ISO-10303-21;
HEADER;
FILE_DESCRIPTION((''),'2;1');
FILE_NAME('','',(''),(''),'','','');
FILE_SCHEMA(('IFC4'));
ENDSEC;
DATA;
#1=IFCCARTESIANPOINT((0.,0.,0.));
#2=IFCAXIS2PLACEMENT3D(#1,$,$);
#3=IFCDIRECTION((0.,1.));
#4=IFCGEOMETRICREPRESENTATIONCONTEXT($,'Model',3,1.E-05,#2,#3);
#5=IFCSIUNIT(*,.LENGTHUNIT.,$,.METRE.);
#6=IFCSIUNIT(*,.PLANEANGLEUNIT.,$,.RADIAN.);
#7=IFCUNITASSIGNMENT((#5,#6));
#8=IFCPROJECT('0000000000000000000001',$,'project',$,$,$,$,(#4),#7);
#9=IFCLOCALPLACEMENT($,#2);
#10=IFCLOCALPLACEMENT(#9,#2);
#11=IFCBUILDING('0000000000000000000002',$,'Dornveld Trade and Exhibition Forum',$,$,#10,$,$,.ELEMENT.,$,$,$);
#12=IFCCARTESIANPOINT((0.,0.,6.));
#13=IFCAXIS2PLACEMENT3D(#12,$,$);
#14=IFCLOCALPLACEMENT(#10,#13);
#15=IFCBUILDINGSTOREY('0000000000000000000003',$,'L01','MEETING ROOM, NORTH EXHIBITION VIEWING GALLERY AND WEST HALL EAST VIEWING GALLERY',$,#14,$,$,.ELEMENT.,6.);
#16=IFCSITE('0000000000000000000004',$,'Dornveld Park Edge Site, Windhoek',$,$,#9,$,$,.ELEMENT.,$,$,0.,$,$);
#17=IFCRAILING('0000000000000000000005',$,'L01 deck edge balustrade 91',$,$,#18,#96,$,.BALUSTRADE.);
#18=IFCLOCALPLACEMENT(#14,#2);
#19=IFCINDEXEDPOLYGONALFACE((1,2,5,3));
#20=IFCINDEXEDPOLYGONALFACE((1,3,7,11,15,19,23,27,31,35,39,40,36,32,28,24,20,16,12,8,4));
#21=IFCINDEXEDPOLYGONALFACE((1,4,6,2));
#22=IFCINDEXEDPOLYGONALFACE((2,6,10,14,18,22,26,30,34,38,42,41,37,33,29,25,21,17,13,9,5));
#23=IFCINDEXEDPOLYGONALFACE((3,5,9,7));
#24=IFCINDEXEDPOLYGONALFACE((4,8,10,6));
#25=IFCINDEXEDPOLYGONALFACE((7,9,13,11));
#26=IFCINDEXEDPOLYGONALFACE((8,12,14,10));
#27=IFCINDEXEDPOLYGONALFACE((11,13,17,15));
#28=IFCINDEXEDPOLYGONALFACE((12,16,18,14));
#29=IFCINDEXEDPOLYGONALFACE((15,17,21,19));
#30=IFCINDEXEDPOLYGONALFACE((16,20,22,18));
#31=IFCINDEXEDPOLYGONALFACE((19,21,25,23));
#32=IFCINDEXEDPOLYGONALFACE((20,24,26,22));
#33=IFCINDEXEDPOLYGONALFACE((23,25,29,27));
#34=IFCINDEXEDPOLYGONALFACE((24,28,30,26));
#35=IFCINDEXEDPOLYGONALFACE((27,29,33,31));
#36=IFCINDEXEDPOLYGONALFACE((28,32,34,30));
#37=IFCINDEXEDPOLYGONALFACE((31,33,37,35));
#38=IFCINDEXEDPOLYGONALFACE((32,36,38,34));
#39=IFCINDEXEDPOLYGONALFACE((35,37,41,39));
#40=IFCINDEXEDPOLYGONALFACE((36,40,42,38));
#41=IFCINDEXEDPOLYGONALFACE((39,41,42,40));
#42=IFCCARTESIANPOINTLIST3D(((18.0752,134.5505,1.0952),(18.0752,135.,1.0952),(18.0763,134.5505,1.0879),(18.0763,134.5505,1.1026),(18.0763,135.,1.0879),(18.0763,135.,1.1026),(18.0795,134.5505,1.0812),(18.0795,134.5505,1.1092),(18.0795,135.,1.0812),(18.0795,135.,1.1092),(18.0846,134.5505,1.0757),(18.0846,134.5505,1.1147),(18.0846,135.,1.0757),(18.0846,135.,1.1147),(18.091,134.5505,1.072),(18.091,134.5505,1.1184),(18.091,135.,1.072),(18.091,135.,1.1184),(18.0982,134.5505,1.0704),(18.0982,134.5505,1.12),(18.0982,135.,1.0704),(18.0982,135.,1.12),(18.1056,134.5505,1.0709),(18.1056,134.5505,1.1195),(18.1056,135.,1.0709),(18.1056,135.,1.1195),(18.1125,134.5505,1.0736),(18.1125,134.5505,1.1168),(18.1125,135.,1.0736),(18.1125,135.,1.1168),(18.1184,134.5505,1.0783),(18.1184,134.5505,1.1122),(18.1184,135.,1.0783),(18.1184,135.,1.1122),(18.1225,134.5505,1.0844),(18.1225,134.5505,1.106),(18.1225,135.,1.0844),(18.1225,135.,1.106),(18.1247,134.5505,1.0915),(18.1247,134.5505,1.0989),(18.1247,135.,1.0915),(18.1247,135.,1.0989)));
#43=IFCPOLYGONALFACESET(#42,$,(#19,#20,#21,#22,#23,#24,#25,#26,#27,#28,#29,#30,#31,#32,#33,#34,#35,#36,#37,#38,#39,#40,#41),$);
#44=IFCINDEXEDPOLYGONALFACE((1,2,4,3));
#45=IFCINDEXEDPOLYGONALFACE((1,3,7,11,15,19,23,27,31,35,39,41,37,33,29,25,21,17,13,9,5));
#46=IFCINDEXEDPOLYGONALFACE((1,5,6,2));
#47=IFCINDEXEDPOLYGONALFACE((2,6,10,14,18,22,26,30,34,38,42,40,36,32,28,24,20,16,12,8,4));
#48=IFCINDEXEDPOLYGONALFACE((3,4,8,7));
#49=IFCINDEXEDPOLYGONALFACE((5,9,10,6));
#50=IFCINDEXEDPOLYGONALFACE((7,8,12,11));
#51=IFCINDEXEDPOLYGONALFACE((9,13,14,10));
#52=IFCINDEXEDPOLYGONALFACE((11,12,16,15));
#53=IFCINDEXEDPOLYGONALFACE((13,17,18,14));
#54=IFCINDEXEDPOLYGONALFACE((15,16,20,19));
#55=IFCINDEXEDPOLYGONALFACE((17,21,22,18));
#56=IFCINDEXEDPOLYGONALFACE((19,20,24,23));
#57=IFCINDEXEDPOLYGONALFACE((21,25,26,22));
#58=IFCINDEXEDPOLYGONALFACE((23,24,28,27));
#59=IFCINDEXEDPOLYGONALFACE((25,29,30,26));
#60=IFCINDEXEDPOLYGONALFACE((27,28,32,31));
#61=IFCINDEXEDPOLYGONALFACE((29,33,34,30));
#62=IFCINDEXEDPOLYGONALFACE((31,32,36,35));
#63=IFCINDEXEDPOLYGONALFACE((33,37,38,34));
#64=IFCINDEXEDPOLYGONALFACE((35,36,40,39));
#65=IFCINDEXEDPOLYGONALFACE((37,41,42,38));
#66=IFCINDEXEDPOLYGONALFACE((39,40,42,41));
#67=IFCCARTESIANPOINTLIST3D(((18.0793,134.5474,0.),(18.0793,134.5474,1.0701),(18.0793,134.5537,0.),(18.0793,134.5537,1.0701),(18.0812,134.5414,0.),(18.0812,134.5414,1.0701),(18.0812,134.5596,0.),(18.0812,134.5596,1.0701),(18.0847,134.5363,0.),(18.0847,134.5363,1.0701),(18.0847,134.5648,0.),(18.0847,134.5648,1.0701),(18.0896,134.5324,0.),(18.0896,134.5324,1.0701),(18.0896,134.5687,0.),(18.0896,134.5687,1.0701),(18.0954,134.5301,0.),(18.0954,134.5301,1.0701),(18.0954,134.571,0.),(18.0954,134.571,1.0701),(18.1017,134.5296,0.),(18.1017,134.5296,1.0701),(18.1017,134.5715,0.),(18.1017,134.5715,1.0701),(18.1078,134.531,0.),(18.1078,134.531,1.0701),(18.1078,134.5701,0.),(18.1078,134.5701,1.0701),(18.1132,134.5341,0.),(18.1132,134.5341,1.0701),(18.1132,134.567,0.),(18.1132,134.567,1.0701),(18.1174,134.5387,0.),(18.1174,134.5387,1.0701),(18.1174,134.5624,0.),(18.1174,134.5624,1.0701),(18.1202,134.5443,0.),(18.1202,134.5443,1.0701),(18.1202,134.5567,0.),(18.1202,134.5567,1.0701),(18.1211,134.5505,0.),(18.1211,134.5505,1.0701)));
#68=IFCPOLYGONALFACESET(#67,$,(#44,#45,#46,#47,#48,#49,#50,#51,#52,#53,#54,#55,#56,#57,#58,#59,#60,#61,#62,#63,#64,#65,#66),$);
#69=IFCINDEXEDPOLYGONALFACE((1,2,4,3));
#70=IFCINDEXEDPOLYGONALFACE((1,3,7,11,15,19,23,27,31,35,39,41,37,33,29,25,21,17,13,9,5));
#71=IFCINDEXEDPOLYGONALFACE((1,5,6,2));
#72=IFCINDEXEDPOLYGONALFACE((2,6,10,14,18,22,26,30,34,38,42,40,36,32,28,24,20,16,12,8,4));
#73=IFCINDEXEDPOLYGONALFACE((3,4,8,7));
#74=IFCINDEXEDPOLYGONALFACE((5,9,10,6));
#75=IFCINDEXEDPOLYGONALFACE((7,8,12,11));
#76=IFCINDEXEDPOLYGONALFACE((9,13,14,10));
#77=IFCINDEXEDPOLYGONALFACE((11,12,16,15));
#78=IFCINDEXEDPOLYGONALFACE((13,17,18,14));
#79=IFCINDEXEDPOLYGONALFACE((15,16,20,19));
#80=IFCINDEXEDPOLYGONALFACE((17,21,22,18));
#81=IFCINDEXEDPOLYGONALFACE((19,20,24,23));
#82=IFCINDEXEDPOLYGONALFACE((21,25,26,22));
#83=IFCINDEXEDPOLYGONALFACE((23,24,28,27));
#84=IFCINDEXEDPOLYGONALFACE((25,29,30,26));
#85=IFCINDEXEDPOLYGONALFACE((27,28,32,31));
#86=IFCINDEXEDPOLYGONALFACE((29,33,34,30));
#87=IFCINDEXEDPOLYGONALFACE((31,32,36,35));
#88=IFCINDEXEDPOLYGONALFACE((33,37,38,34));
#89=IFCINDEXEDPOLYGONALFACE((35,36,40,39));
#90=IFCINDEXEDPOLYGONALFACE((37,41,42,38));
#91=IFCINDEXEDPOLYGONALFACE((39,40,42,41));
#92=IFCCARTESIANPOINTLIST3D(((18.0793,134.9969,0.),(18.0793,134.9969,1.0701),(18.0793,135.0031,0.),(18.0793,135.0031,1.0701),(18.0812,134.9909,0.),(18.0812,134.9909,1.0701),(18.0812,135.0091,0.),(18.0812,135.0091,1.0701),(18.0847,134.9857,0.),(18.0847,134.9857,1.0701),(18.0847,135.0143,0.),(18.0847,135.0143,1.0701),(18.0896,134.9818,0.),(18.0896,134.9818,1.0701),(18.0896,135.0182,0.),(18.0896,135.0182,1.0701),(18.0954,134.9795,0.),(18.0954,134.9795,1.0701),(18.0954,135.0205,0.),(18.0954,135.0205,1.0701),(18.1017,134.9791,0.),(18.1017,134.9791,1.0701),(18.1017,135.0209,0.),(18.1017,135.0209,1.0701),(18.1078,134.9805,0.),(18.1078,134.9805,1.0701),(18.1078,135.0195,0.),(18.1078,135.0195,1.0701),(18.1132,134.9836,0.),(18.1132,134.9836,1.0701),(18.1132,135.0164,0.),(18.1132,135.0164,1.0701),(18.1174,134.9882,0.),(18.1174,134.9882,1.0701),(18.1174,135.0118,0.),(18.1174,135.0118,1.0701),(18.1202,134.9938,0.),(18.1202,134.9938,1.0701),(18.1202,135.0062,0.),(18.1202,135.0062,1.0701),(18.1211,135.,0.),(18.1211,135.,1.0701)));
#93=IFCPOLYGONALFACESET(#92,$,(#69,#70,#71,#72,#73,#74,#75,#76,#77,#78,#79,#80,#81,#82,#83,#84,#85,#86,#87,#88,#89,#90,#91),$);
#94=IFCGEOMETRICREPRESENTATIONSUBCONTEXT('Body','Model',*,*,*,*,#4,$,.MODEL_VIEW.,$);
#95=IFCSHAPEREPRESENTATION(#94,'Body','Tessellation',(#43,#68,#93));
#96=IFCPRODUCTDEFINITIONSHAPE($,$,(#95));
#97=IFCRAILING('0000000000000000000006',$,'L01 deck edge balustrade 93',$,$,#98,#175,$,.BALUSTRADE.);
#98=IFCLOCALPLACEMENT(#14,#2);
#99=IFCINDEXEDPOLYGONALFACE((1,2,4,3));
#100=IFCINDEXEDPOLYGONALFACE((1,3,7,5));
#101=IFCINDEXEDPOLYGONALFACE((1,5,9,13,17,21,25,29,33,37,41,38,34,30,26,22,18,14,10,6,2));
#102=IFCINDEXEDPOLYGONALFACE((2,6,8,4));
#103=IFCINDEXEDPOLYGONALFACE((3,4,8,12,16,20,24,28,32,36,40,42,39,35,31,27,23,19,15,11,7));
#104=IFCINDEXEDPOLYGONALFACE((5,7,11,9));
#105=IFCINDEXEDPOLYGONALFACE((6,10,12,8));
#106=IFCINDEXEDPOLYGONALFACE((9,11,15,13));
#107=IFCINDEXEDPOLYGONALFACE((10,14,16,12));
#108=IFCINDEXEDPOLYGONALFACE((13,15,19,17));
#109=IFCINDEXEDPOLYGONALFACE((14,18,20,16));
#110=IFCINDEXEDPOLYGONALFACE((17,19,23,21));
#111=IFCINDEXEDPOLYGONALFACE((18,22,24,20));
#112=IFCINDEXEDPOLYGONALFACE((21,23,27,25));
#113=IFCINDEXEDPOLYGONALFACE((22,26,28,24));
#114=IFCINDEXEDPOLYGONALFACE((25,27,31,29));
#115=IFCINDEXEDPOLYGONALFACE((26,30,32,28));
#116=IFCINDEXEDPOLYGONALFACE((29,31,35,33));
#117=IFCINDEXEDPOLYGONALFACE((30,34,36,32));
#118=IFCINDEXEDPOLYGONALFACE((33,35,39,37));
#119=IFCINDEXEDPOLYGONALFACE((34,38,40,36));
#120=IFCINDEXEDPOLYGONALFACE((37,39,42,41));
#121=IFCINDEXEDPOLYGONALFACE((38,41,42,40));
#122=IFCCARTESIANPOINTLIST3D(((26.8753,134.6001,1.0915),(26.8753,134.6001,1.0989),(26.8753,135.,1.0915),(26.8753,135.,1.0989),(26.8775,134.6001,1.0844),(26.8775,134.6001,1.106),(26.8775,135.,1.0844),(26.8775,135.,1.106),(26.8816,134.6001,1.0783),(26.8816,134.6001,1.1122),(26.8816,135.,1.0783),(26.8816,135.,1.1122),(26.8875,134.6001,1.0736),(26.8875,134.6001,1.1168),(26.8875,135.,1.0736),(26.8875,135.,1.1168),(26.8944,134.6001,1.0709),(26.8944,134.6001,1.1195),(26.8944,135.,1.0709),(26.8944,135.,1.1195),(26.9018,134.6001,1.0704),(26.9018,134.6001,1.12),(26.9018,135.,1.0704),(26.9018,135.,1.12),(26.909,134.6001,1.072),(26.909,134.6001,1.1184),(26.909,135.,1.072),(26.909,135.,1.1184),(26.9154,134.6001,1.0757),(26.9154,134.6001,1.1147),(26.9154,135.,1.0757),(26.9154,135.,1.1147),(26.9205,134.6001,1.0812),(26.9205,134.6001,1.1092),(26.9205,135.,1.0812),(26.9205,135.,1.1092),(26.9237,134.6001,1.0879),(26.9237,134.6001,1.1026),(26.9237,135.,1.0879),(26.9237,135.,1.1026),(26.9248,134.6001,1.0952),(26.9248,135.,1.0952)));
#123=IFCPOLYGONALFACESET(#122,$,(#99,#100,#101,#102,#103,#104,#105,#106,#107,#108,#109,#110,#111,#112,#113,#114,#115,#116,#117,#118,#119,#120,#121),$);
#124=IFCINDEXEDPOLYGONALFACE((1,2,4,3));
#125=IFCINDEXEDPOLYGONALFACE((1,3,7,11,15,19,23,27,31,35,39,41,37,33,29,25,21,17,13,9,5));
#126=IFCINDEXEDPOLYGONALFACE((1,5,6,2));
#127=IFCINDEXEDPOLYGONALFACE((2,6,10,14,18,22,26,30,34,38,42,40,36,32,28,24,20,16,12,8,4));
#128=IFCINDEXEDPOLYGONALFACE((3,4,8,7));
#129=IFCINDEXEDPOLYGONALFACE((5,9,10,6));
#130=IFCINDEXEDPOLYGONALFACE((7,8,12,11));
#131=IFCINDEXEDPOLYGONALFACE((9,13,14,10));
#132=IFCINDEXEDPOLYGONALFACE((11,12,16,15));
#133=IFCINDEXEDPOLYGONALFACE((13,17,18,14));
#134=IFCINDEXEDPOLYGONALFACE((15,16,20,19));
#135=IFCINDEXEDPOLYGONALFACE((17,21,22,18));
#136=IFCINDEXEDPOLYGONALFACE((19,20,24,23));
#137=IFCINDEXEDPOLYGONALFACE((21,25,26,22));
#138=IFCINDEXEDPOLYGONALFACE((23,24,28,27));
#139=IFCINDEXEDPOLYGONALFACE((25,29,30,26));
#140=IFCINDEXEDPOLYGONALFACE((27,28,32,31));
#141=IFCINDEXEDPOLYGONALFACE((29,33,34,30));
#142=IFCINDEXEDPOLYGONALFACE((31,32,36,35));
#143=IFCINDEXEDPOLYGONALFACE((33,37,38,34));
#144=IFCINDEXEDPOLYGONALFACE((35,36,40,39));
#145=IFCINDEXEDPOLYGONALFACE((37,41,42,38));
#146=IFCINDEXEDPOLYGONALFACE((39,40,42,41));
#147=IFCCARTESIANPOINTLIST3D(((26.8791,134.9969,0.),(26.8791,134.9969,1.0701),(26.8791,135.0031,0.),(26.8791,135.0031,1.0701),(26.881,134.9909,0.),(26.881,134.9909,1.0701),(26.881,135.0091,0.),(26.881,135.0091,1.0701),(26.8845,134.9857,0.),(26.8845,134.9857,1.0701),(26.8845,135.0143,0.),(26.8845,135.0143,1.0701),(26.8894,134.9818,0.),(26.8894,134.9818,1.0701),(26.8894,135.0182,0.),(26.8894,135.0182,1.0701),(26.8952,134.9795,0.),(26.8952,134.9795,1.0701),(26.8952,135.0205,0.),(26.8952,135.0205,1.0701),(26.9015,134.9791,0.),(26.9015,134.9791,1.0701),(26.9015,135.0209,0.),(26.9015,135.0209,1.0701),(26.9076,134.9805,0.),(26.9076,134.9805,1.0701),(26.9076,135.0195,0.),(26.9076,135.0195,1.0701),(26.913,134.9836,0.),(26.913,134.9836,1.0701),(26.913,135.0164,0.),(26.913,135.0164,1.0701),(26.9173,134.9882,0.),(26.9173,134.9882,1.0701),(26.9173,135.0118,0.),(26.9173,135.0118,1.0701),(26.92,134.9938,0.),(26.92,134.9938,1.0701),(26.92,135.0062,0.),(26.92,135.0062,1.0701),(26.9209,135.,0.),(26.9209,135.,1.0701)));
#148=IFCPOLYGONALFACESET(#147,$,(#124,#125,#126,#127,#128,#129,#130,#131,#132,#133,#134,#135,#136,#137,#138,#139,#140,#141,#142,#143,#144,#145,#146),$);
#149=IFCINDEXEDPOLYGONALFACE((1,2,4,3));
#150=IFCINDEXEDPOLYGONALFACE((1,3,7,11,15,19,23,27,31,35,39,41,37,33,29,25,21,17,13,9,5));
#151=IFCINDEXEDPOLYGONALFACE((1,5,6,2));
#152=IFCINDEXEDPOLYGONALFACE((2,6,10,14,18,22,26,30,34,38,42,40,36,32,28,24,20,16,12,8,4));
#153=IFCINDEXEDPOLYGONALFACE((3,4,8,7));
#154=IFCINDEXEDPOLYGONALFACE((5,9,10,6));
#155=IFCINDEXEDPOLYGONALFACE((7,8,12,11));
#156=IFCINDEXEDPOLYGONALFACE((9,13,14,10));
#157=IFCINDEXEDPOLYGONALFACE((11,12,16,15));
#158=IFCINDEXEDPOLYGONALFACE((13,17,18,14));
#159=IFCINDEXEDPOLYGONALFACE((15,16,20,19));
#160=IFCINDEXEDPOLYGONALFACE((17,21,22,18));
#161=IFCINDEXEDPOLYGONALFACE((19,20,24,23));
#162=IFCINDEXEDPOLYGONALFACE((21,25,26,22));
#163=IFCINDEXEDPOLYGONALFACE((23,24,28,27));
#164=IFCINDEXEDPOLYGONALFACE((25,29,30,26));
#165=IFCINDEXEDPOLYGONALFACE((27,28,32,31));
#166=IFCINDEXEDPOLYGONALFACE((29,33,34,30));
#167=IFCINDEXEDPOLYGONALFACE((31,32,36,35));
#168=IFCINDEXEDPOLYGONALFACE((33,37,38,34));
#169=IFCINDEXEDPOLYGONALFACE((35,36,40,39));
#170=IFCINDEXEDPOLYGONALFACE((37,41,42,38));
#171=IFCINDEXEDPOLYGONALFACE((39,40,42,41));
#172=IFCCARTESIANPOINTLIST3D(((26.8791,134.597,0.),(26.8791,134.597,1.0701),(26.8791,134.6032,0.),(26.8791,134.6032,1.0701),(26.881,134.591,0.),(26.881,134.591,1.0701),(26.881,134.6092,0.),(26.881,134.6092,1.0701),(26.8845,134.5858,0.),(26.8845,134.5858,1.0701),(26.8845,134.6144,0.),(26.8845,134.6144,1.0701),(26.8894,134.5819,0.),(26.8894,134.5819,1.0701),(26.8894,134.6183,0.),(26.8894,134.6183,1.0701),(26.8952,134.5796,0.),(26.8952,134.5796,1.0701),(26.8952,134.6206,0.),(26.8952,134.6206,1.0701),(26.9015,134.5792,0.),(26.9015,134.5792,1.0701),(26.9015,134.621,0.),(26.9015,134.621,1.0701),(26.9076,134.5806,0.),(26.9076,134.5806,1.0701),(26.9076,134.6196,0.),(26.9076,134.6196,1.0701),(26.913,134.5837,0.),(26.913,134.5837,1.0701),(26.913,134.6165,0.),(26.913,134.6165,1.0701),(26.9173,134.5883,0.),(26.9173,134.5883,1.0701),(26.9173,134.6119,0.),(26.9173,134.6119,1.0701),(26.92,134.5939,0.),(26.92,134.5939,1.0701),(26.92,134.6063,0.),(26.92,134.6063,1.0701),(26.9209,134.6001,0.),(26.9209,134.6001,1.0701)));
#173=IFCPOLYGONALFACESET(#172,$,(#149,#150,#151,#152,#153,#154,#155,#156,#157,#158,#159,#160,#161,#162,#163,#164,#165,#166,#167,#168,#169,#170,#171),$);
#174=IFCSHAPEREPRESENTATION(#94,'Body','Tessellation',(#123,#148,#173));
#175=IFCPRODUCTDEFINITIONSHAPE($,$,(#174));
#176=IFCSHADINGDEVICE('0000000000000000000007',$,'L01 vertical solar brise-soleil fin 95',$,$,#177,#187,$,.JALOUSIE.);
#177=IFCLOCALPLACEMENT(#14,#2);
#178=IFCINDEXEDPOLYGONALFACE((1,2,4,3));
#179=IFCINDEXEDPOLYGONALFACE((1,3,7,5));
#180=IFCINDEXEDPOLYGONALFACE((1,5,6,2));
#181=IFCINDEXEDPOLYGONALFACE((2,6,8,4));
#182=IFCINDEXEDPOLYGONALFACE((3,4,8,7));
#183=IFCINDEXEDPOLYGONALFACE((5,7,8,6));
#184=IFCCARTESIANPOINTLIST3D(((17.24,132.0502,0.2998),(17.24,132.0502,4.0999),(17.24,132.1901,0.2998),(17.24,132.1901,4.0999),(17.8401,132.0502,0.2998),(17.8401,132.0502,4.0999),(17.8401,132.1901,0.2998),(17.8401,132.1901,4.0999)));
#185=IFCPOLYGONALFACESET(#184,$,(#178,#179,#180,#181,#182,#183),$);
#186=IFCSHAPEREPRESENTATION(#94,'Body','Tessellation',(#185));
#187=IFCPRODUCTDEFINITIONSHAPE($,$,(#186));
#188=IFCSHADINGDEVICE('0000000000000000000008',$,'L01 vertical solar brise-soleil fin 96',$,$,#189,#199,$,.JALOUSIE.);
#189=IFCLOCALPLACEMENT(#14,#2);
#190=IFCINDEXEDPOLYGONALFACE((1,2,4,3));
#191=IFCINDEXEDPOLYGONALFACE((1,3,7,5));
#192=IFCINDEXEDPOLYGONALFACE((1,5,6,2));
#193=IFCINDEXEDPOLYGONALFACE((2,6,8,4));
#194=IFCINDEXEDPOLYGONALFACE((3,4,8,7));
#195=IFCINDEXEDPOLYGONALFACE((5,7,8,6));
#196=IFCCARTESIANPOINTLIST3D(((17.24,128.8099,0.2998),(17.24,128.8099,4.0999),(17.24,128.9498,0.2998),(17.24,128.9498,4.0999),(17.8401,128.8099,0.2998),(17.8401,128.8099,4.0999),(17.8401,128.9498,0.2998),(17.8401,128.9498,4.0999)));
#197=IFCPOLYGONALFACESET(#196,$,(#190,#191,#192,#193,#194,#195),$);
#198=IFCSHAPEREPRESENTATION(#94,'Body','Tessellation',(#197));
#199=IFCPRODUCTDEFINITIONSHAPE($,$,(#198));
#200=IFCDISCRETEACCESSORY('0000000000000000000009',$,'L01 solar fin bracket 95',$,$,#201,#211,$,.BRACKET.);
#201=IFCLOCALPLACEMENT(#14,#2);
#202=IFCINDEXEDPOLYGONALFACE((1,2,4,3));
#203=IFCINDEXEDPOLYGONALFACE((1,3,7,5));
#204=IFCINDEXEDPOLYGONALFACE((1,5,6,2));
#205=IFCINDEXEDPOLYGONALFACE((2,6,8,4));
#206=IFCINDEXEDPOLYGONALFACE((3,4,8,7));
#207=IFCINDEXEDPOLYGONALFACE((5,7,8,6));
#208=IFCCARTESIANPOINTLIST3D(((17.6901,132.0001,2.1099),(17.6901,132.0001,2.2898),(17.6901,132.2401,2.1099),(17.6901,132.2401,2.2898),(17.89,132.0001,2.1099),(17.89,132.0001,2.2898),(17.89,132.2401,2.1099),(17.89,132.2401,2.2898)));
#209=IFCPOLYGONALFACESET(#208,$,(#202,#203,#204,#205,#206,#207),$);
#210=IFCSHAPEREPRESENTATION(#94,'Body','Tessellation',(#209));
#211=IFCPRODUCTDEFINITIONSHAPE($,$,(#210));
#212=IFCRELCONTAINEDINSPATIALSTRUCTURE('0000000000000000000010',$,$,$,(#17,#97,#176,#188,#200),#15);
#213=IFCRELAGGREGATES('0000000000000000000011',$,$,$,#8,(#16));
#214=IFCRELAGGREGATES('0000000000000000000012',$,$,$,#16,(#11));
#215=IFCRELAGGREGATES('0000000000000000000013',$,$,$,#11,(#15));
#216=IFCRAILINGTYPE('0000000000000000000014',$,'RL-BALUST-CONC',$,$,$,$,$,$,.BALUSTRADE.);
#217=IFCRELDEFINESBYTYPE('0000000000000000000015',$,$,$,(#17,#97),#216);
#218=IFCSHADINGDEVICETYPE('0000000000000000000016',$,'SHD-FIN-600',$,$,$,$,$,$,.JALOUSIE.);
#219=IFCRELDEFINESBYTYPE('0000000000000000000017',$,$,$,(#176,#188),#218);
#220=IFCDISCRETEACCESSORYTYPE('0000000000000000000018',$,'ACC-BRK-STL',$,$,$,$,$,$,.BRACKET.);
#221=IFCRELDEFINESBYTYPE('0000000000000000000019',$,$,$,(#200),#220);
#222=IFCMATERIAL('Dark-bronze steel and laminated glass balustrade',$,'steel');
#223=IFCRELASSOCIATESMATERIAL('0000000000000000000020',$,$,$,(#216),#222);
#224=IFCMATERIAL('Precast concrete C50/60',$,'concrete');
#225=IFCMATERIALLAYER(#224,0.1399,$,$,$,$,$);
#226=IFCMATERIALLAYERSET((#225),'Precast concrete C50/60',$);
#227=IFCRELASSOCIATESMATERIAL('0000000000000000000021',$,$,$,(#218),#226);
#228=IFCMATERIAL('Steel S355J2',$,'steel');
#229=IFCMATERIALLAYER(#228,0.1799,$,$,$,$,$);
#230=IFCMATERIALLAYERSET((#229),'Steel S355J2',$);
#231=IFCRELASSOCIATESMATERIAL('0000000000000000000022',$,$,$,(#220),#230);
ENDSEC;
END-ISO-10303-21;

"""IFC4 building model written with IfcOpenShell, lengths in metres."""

from ifc_helpers import new_model, si_unit, direction, frame, origin, origin_2d, place, context, subcontext, project, spatial, rectangle, circle, extrude, material, layer, layer_set, type_object, element, save


model = new_model("IFC4")

# Units and contexts
model_context = context("Model", 3, precision=1e-05, world=origin(), true_north=direction((0.0, 1.0)))
body_context = subcontext(model_context, "Body", "Model", "MODEL_VIEW")
ifc_project = project(units=[si_unit("LENGTHUNIT", "METRE"), si_unit("PLANEANGLEUNIT", "RADIAN")], contexts=[model_context])

# Site, building, storey
site_placement = place(None, origin())
site = spatial("IfcSite", under=ifc_project, at=site_placement, Name="Dornveld Park Edge Site, Windhoek", CompositionType="ELEMENT", RefElevation=0.0)
building_placement = place(site_placement, origin())
building = spatial("IfcBuilding", under=site, at=building_placement, Name="Dornveld Trade and Exhibition Forum", CompositionType="ELEMENT")
storey_placement = place(building_placement, frame((0.0, 0.0, 6.0)))
storey = spatial("IfcBuildingStorey", under=building, at=storey_placement, Name="L01", Description="MEETING ROOM, NORTH EXHIBITION VIEWING GALLERY AND WEST HALL EAST VIEWING GALLERY", CompositionType="ELEMENT", Elevation=6.0)

# Railings
ifc_material_1 = material(Name="Dark-bronze steel and laminated glass balustrade", Category="steel")
railing_type = type_object("IfcRailingType", Name="RL-BALUST-CONC", PredefinedType="BALUSTRADE", material=ifc_material_1)
railing_1_placement = place(storey_placement, frame((18.1001, 134.5505, 0.0)))
element("IfcRailing", 1, at=railing_1_placement, inside=storey, type_object=railing_type, Name="L01 deck edge balustrade 91", PredefinedType="BALUSTRADE", context=body_context, shape_type="SweptSolid", body=[
    extrude(circle(Radius=0.0249, at=origin_2d()), frame((0.0, 0.0, 1.0952), z_axis=(0.0, 1.0, 0.0), x_axis=(-1.0, 0.0, 0.0)), (0.0, 0.0, 1.0), 0.4495),
    extrude(circle(Radius=0.021, at=origin_2d()), origin(), (0.0, 0.0, 1.0), 1.0701),
    extrude(circle(Radius=0.021, at=origin_2d()), frame((0.0, 0.4495, 0.0)), (0.0, 0.0, 1.0), 1.0701),
])
railing_2_placement = place(storey_placement, frame((26.8999, 135.0, 0.0)))
element("IfcRailing", 2, at=railing_2_placement, inside=storey, type_object=railing_type, Name="L01 deck edge balustrade 93", PredefinedType="BALUSTRADE", context=body_context, shape_type="SweptSolid", body=[
    extrude(circle(Radius=0.0249, at=origin_2d()), frame((0.0, 0.0, 1.0952), z_axis=(0.0, -1.0, 0.0), x_axis=(1.0, 0.0, 0.0)), (0.0, 0.0, 1.0), 0.3999),
    extrude(circle(Radius=0.021, at=origin_2d()), origin(), (0.0, 0.0, 1.0), 1.0701),
    extrude(circle(Radius=0.021, at=origin_2d()), frame((0.0, -0.3999, 0.0)), (0.0, 0.0, 1.0), 1.0701),
])

# Shading devices
ifc_material_2 = material(Name="Precast concrete C50/60", Category="concrete")
ifc_layer_1 = layer(ifc_material_2, 0.1399)
ifc_layer_set_1 = layer_set([ifc_layer_1], Name="Precast concrete C50/60")
shading_device_type = type_object("IfcShadingDeviceType", Name="SHD-FIN-600", PredefinedType="JALOUSIE", material=ifc_layer_set_1)
for number, where, z_axis, x_axis, name in (
    (3, (17.54, 132.1201, 0.2998), (0.0, 0.0, 1.0), (0.0, -1.0, 0.0), "L01 vertical solar brise-soleil fin 95"),
    (4, (17.54, 128.8799, 0.2998), (0.0, 0.0, 1.0), (0.0, -1.0, 0.0), "L01 vertical solar brise-soleil fin 96"),
):
    element("IfcShadingDevice", number, at=place(storey_placement, frame(where, z_axis=z_axis, x_axis=x_axis)), inside=storey, type_object=shading_device_type, Name=name, PredefinedType="JALOUSIE", context=body_context, shape_type="SweptSolid", body=[
        extrude(rectangle(XDim=0.1399, YDim=0.6001, at=origin_2d()), origin(), (0.0, 0.0, 1.0), 3.8),
    ])

# Discrete accessory
ifc_material_3 = material(Name="Steel S355J2", Category="steel")
ifc_layer_2 = layer(ifc_material_3, 0.1799)
ifc_layer_set_2 = layer_set([ifc_layer_2], Name="Steel S355J2")
discrete_accessory_type = type_object("IfcDiscreteAccessoryType", Name="ACC-BRK-STL", PredefinedType="BRACKET", material=ifc_layer_set_2)
for number, where, z_axis, x_axis, name in (
    (5, (17.79, 132.1201, 2.1099), (0.0, 0.0, 1.0), (0.0, -1.0, 0.0), "L01 solar fin bracket 95"),
):
    element("IfcDiscreteAccessory", number, at=place(storey_placement, frame(where, z_axis=z_axis, x_axis=x_axis)), inside=storey, type_object=discrete_accessory_type, Name=name, PredefinedType="BRACKET", context=body_context, shape_type="SweptSolid", body=[
        extrude(rectangle(XDim=0.24, YDim=0.2, at=origin_2d()), origin(), (0.0, 0.0, 1.0), 0.1799),
    ])

save(model, "model.ifc")
